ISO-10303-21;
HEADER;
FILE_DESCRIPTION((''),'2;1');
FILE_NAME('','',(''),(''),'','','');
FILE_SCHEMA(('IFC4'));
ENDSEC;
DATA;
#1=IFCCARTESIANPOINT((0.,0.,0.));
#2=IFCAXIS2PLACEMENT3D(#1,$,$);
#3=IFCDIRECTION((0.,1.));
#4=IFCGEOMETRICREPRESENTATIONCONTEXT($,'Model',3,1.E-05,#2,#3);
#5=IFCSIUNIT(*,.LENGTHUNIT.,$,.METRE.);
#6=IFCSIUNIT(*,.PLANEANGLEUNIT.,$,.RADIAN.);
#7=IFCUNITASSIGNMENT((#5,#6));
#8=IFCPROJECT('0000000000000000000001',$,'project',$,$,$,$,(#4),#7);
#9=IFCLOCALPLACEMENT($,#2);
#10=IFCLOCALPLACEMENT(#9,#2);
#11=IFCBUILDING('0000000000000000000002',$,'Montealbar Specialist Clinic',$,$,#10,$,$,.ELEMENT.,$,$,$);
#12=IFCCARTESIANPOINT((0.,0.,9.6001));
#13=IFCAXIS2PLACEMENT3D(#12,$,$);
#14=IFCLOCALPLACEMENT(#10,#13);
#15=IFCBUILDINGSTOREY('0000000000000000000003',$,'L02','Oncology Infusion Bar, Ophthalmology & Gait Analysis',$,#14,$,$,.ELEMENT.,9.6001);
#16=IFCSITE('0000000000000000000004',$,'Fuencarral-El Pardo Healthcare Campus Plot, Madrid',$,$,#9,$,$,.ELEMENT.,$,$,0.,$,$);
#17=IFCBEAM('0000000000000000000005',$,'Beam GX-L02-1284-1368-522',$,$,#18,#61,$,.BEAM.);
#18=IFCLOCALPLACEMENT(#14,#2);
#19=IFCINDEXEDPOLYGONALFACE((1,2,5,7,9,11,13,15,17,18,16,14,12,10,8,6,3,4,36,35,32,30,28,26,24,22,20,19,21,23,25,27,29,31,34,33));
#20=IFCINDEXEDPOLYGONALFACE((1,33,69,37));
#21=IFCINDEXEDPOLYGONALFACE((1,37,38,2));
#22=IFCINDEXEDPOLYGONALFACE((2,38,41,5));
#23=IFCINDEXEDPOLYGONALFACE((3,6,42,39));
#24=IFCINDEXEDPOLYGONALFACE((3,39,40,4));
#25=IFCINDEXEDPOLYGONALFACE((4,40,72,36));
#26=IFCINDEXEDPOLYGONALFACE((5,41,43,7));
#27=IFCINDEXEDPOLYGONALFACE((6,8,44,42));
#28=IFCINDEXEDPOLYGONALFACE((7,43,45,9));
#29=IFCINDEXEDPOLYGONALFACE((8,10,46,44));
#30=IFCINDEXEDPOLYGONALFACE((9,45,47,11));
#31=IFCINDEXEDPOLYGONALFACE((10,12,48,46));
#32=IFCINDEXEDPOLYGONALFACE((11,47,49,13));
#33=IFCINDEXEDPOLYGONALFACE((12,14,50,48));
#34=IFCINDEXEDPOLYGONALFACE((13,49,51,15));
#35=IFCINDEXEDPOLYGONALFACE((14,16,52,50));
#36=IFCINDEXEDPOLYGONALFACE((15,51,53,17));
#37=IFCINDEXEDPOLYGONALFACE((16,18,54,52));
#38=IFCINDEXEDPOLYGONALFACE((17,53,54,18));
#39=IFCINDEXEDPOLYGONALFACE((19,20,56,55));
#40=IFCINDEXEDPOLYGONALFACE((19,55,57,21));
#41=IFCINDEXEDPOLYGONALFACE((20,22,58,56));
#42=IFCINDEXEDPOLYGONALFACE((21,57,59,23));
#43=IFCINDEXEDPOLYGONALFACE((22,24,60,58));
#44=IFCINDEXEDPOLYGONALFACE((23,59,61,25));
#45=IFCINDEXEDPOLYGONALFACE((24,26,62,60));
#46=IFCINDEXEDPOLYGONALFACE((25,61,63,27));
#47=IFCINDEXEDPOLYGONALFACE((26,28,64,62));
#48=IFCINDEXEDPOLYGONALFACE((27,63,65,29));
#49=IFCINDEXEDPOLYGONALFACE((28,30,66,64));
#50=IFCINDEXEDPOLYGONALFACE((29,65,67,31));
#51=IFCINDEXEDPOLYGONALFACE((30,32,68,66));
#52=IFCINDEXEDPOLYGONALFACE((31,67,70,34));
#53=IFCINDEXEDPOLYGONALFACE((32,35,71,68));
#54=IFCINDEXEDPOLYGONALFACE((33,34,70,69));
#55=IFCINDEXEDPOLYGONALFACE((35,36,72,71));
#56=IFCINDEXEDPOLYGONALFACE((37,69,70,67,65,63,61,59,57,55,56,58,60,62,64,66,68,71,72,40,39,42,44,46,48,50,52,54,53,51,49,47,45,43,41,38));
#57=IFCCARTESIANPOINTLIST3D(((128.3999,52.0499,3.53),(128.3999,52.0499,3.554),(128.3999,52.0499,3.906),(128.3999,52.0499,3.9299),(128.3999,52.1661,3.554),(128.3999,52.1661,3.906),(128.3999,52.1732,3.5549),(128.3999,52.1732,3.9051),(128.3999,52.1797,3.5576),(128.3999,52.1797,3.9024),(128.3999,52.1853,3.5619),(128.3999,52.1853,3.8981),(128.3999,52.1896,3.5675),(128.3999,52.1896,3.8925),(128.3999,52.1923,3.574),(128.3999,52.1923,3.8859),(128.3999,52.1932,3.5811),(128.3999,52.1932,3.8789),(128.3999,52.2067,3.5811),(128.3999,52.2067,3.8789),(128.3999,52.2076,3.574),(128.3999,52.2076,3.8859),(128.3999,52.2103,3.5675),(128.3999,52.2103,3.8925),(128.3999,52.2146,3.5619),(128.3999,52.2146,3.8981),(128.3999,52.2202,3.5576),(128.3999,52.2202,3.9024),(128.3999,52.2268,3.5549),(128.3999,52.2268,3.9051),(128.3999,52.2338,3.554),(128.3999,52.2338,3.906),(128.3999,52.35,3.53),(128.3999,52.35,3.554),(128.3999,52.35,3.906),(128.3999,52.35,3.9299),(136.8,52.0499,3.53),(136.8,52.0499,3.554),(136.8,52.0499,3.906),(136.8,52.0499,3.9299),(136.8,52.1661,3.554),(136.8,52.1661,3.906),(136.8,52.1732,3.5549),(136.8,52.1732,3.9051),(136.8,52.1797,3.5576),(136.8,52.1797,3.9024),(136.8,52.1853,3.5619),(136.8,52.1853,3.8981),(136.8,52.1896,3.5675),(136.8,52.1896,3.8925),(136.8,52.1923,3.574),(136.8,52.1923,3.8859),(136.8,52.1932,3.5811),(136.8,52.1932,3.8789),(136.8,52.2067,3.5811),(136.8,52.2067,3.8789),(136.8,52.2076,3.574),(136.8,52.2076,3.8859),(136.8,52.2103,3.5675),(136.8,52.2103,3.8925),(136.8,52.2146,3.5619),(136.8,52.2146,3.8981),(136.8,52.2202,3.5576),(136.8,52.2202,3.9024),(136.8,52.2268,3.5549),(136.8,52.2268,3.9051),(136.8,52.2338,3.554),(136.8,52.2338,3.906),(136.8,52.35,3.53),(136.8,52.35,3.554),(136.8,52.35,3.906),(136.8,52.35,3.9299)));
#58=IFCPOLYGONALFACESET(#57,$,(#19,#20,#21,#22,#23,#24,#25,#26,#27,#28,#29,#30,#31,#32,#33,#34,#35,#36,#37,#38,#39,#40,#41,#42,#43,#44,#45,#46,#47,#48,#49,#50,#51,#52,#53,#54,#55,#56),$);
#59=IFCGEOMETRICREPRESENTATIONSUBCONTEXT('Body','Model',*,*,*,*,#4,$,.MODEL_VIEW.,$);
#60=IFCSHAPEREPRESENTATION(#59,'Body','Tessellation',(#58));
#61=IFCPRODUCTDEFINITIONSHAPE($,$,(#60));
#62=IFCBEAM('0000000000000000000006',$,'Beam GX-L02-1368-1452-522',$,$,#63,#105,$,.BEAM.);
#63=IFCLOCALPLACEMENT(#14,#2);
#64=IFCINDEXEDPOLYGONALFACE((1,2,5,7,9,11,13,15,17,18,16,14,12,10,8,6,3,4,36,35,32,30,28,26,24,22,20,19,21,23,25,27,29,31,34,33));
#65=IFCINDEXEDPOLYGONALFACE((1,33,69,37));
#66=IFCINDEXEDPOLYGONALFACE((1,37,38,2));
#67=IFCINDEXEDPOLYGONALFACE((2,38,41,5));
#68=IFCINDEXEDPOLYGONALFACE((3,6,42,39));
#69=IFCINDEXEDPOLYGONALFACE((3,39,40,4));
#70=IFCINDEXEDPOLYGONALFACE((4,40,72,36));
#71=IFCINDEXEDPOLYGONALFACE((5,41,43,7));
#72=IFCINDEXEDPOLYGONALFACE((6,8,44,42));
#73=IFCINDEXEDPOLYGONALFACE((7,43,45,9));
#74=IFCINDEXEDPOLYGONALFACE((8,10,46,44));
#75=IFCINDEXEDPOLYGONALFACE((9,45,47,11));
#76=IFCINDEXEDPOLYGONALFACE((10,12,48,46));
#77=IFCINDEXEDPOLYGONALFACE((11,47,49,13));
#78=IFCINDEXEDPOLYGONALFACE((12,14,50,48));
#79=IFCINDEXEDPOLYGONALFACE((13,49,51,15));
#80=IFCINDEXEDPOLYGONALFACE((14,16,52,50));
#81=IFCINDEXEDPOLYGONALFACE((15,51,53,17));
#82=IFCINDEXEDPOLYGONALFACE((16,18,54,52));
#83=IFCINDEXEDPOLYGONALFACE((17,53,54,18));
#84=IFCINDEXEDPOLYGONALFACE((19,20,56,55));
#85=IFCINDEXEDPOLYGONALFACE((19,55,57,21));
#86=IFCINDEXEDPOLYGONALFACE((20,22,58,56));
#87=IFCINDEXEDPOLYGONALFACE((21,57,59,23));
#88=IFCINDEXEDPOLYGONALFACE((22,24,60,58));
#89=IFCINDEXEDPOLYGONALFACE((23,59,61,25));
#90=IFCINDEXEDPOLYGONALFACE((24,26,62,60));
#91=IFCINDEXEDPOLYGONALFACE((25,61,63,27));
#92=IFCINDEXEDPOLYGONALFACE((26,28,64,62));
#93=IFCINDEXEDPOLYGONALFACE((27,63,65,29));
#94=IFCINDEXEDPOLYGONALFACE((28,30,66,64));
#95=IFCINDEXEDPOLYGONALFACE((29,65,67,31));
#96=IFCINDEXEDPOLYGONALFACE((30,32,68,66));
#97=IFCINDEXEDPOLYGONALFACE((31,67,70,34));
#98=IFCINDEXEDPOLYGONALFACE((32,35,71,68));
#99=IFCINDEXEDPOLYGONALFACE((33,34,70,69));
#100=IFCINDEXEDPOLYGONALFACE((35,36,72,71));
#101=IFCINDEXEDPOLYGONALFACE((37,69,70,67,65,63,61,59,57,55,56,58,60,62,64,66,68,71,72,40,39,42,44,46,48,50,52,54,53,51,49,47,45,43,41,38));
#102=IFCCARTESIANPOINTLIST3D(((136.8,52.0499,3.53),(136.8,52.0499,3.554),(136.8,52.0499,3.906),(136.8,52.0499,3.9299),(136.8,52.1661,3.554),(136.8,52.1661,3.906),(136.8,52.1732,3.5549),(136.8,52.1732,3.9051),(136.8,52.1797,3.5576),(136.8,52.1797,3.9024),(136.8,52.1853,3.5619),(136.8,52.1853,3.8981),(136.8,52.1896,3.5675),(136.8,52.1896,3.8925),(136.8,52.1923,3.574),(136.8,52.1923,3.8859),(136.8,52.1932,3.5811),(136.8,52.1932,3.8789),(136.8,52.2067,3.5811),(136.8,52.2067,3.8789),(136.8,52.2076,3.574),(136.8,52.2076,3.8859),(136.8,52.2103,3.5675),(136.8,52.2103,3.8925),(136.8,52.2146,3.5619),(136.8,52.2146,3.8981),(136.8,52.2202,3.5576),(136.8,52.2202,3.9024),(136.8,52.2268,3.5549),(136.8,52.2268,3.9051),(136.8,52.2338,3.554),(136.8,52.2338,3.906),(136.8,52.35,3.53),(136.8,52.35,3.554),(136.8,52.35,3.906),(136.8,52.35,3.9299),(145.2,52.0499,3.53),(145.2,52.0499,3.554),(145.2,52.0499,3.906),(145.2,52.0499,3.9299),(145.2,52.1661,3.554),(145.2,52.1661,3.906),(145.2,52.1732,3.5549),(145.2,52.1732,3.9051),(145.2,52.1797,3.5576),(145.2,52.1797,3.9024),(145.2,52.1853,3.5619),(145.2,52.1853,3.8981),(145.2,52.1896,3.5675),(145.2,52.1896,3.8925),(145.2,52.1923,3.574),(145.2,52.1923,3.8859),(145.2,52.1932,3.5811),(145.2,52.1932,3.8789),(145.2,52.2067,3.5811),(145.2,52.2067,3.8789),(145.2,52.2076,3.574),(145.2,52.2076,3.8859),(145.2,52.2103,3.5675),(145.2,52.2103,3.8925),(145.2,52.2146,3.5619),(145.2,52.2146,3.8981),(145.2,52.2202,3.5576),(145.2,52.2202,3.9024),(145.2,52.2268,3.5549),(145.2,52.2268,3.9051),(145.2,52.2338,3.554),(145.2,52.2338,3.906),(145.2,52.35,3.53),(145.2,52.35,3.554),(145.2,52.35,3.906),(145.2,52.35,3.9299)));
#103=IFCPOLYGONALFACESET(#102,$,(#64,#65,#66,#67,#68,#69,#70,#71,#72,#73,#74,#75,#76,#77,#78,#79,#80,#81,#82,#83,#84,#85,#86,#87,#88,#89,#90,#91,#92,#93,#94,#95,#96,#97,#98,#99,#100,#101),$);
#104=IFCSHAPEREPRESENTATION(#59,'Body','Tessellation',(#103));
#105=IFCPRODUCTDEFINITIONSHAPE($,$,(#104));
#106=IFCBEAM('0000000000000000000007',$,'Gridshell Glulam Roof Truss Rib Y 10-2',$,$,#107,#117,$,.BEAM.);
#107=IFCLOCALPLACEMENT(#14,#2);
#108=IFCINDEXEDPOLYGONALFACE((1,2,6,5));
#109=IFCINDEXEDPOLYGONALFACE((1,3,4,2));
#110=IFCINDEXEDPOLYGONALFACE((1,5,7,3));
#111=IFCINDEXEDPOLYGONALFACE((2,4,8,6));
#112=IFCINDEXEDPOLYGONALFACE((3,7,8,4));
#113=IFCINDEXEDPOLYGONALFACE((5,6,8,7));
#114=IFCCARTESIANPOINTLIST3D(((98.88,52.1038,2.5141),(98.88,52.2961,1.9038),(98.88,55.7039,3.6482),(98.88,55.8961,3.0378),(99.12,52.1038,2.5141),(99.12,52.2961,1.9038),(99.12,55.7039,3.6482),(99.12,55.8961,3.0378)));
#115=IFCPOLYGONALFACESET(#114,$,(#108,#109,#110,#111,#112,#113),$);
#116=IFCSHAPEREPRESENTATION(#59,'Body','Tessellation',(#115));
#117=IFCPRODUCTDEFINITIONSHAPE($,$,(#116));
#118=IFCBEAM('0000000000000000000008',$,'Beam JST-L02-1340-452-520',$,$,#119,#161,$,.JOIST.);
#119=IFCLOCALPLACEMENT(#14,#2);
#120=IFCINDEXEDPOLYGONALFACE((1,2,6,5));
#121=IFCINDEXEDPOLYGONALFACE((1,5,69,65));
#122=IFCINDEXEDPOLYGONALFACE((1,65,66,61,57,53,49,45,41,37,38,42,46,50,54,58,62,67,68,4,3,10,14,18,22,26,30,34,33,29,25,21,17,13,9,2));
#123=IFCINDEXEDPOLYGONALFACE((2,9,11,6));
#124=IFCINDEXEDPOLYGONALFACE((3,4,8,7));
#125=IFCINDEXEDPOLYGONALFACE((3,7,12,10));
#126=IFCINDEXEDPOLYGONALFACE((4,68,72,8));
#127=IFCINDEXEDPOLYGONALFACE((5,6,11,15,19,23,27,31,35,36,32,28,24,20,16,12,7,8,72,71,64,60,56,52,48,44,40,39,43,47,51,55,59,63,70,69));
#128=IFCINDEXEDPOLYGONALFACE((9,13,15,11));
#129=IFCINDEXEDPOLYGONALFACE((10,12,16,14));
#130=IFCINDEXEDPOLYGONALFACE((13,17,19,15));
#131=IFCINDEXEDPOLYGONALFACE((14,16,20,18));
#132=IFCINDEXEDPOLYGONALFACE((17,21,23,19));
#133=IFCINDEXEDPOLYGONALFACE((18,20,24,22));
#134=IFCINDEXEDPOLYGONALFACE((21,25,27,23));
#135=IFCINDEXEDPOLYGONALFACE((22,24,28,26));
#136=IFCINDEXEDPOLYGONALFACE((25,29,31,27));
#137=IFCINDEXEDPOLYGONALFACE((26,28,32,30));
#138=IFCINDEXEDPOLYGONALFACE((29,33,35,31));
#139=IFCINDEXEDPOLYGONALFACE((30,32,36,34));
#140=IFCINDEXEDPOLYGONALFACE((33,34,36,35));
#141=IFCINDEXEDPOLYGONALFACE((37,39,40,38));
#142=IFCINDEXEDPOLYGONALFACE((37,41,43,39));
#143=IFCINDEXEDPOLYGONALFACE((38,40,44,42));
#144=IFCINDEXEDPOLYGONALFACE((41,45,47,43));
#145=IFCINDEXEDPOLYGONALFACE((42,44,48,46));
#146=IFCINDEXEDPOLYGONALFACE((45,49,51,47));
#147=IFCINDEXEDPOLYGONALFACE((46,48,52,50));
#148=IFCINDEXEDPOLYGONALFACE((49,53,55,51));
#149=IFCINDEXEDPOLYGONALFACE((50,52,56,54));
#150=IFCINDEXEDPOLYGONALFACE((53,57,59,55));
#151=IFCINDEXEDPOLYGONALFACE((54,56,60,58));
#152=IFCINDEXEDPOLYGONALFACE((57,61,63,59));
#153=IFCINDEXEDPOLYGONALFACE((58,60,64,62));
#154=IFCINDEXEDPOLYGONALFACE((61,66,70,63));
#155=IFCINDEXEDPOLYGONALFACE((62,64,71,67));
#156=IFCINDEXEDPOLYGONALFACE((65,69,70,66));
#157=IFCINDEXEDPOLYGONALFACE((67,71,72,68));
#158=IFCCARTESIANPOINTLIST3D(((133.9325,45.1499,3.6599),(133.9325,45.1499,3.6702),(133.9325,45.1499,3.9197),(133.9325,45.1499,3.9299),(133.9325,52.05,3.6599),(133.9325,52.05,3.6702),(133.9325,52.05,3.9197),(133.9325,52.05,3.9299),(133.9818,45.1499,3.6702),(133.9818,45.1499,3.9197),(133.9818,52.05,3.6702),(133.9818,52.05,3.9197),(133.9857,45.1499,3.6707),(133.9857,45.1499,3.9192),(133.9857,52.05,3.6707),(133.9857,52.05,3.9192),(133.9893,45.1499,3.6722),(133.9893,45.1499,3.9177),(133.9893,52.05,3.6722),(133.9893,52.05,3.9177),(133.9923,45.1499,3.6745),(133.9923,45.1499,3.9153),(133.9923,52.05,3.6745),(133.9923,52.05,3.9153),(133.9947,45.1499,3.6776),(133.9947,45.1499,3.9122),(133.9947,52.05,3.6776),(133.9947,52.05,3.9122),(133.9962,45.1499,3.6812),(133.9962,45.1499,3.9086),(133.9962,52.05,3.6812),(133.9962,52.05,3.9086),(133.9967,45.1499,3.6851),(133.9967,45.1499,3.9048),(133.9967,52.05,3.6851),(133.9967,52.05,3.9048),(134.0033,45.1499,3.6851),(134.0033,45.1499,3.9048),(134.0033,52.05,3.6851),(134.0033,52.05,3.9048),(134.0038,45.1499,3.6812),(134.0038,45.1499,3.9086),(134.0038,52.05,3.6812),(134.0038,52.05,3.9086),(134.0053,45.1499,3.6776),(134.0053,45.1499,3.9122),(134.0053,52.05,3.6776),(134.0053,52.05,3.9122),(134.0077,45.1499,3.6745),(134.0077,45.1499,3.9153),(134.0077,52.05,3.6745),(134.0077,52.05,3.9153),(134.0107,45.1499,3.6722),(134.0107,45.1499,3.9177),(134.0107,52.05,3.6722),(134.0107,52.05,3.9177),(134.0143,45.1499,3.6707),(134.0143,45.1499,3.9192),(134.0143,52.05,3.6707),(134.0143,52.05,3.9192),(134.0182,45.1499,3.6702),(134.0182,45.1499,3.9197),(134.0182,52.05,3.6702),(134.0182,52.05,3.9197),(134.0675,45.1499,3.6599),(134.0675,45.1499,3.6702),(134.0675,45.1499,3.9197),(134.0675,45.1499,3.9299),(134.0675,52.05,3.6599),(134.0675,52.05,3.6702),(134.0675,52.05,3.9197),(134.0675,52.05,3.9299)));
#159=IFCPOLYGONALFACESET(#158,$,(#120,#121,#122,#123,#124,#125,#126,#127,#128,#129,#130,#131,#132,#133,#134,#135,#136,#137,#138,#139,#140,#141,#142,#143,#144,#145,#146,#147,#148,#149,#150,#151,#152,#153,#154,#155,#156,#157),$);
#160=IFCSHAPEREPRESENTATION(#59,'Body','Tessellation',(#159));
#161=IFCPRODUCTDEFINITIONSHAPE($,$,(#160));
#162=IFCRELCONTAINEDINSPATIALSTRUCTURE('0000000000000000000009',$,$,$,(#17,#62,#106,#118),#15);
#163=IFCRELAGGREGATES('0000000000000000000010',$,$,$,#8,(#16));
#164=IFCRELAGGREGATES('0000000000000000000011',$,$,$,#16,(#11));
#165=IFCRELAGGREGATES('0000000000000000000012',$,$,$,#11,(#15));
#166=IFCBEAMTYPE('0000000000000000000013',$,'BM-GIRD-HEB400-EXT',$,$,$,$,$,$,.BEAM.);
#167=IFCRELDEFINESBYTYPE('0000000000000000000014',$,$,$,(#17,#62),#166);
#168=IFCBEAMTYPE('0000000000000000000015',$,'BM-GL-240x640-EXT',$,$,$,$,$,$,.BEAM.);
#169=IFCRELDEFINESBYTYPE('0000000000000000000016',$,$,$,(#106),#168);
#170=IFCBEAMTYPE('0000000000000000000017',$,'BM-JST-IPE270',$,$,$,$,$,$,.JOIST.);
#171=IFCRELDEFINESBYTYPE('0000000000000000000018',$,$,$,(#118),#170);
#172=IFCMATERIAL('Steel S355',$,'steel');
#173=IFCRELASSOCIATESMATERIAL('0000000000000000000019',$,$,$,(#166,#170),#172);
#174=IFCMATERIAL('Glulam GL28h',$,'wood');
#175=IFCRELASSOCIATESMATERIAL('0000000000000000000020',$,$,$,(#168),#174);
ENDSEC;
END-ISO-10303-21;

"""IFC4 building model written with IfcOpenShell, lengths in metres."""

from ifc_helpers import new_model, si_unit, direction, frame, origin, origin_2d, place, context, subcontext, project, spatial, rectangle, i_section, extrude, material, material_profile, profile_set, type_object, element, save


model = new_model("IFC4")

# Units and contexts
model_context = context("Model", 3, precision=1e-05, world=origin(), true_north=direction((0.0, 1.0)))
body_context = subcontext(model_context, "Body", "Model", "MODEL_VIEW")
ifc_project = project(units=[si_unit("LENGTHUNIT", "METRE"), si_unit("PLANEANGLEUNIT", "RADIAN")], contexts=[model_context])

# Site, building, storey
site_placement = place(None, origin())
site = spatial("IfcSite", under=ifc_project, at=site_placement, Name="Fuencarral-El Pardo Healthcare Campus Plot, Madrid", CompositionType="ELEMENT", RefElevation=0.0)
building_placement = place(site_placement, origin())
building = spatial("IfcBuilding", under=site, at=building_placement, Name="Montealbar Specialist Clinic", CompositionType="ELEMENT")
storey_placement = place(building_placement, frame((0.0, 0.0, 9.6001)))
storey = spatial("IfcBuildingStorey", under=building, at=storey_placement, Name="L02", Description="Oncology Infusion Bar, Ophthalmology & Gait Analysis", CompositionType="ELEMENT", Elevation=9.6001)

# Shared definitions
ifc_material_1 = material(Name="Steel S355", Category="steel")

# Beams
ifc_material_profile_1 = material_profile(ifc_material_1, i_section(OverallWidth=0.3, OverallDepth=0.3999, WebThickness=0.0134, FlangeThickness=0.0239, FilletRadius=0.0271, at=origin_2d()), Name="HEB 400", Category="steel")
ifc_profile_set_1 = profile_set([ifc_material_profile_1], Name="Steel S355")
beam_type_1 = type_object("IfcBeamType", Name="BM-GIRD-HEB400-EXT", PredefinedType="BEAM", material=ifc_profile_set_1)
for number, where, z_axis, x_axis, name in (
    (1, (128.3999, 52.2, 3.73), (1.0, 0.0, 0.0), (0.0, 1.0, 0.0), "Beam GX-L02-1284-1368-522"),
):
    element("IfcBeam", number, at=place(storey_placement, frame(where, z_axis=z_axis, x_axis=x_axis)), inside=storey, type_object=beam_type_1, Name=name, PredefinedType="BEAM", context=body_context, shape_type="SweptSolid", body=[
        extrude(i_section(OverallWidth=0.3, OverallDepth=0.3999, WebThickness=0.0134, FlangeThickness=0.0239, FilletRadius=0.0271, at=origin_2d()), origin(), (0.0, 0.0, 1.0), 8.4001),
    ])
beam_1_placement = place(storey_placement, frame((136.8, 52.2, 3.73), z_axis=(1.0, 0.0, 0.0), x_axis=(0.0, 1.0, 0.0)))
element("IfcBeam", 2, at=beam_1_placement, inside=storey, type_object=beam_type_1, Name="Beam GX-L02-1368-1452-522", PredefinedType="BEAM", context=body_context, shape_type="SweptSolid", body=[
    extrude(i_section(OverallWidth=0.3, OverallDepth=0.3999, WebThickness=0.0134, FlangeThickness=0.0239, FilletRadius=0.0271, at=origin_2d()), origin(), (0.0, 0.0, 1.0), 8.3999),
])
ifc_material_2 = material(Name="Glulam GL28h", Category="wood")
ifc_material_profile_2 = material_profile(ifc_material_2, rectangle(XDim=0.24, YDim=0.6399, at=origin_2d()), Name="GL28h 240x640", Category="wood")
ifc_profile_set_2 = profile_set([ifc_material_profile_2], Name="Glulam GL28h")
beam_type_2 = type_object("IfcBeamType", Name="BM-GL-240x640-EXT", PredefinedType="BEAM", material=ifc_profile_set_2)
beam_2_placement = place(storey_placement, frame((99.0, 52.2, 2.209), z_axis=(0.0, 0.953798, 0.300447), x_axis=(-1.0, 0.0, 0.0)))
element("IfcBeam", 3, at=beam_2_placement, inside=storey, type_object=beam_type_2, Name="Gridshell Glulam Roof Truss Rib Y 10-2", PredefinedType="BEAM", context=body_context, shape_type="SweptSolid", body=[
    extrude(rectangle(XDim=0.24, YDim=0.6399, at=origin_2d()), origin(), (0.0, 0.0, 1.0), 3.7744),
])
ifc_material_profile_3 = material_profile(ifc_material_1, i_section(OverallWidth=0.135, OverallDepth=0.27, WebThickness=0.0066, FlangeThickness=0.0103, FilletRadius=0.0149, at=origin_2d()), Name="IPE 270", Category="steel")
ifc_profile_set_3 = profile_set([ifc_material_profile_3], Name="Steel S355")
beam_type_3 = type_object("IfcBeamType", Name="BM-JST-IPE270", PredefinedType="JOIST", material=ifc_profile_set_3)
beam_3_placement = place(storey_placement, frame((134.0, 45.1499, 3.7949), z_axis=(0.0, 1.0, 0.0), x_axis=(-1.0, 0.0, 0.0)))
element("IfcBeam", 4, at=beam_3_placement, inside=storey, type_object=beam_type_3, Name="Beam JST-L02-1340-452-520", PredefinedType="JOIST", context=body_context, shape_type="SweptSolid", body=[
    extrude(i_section(OverallWidth=0.135, OverallDepth=0.27, WebThickness=0.0066, FlangeThickness=0.0103, FilletRadius=0.0149, at=origin_2d()), origin(), (0.0, 0.0, 1.0), 6.9001),
])

save(model, "model.ifc")
